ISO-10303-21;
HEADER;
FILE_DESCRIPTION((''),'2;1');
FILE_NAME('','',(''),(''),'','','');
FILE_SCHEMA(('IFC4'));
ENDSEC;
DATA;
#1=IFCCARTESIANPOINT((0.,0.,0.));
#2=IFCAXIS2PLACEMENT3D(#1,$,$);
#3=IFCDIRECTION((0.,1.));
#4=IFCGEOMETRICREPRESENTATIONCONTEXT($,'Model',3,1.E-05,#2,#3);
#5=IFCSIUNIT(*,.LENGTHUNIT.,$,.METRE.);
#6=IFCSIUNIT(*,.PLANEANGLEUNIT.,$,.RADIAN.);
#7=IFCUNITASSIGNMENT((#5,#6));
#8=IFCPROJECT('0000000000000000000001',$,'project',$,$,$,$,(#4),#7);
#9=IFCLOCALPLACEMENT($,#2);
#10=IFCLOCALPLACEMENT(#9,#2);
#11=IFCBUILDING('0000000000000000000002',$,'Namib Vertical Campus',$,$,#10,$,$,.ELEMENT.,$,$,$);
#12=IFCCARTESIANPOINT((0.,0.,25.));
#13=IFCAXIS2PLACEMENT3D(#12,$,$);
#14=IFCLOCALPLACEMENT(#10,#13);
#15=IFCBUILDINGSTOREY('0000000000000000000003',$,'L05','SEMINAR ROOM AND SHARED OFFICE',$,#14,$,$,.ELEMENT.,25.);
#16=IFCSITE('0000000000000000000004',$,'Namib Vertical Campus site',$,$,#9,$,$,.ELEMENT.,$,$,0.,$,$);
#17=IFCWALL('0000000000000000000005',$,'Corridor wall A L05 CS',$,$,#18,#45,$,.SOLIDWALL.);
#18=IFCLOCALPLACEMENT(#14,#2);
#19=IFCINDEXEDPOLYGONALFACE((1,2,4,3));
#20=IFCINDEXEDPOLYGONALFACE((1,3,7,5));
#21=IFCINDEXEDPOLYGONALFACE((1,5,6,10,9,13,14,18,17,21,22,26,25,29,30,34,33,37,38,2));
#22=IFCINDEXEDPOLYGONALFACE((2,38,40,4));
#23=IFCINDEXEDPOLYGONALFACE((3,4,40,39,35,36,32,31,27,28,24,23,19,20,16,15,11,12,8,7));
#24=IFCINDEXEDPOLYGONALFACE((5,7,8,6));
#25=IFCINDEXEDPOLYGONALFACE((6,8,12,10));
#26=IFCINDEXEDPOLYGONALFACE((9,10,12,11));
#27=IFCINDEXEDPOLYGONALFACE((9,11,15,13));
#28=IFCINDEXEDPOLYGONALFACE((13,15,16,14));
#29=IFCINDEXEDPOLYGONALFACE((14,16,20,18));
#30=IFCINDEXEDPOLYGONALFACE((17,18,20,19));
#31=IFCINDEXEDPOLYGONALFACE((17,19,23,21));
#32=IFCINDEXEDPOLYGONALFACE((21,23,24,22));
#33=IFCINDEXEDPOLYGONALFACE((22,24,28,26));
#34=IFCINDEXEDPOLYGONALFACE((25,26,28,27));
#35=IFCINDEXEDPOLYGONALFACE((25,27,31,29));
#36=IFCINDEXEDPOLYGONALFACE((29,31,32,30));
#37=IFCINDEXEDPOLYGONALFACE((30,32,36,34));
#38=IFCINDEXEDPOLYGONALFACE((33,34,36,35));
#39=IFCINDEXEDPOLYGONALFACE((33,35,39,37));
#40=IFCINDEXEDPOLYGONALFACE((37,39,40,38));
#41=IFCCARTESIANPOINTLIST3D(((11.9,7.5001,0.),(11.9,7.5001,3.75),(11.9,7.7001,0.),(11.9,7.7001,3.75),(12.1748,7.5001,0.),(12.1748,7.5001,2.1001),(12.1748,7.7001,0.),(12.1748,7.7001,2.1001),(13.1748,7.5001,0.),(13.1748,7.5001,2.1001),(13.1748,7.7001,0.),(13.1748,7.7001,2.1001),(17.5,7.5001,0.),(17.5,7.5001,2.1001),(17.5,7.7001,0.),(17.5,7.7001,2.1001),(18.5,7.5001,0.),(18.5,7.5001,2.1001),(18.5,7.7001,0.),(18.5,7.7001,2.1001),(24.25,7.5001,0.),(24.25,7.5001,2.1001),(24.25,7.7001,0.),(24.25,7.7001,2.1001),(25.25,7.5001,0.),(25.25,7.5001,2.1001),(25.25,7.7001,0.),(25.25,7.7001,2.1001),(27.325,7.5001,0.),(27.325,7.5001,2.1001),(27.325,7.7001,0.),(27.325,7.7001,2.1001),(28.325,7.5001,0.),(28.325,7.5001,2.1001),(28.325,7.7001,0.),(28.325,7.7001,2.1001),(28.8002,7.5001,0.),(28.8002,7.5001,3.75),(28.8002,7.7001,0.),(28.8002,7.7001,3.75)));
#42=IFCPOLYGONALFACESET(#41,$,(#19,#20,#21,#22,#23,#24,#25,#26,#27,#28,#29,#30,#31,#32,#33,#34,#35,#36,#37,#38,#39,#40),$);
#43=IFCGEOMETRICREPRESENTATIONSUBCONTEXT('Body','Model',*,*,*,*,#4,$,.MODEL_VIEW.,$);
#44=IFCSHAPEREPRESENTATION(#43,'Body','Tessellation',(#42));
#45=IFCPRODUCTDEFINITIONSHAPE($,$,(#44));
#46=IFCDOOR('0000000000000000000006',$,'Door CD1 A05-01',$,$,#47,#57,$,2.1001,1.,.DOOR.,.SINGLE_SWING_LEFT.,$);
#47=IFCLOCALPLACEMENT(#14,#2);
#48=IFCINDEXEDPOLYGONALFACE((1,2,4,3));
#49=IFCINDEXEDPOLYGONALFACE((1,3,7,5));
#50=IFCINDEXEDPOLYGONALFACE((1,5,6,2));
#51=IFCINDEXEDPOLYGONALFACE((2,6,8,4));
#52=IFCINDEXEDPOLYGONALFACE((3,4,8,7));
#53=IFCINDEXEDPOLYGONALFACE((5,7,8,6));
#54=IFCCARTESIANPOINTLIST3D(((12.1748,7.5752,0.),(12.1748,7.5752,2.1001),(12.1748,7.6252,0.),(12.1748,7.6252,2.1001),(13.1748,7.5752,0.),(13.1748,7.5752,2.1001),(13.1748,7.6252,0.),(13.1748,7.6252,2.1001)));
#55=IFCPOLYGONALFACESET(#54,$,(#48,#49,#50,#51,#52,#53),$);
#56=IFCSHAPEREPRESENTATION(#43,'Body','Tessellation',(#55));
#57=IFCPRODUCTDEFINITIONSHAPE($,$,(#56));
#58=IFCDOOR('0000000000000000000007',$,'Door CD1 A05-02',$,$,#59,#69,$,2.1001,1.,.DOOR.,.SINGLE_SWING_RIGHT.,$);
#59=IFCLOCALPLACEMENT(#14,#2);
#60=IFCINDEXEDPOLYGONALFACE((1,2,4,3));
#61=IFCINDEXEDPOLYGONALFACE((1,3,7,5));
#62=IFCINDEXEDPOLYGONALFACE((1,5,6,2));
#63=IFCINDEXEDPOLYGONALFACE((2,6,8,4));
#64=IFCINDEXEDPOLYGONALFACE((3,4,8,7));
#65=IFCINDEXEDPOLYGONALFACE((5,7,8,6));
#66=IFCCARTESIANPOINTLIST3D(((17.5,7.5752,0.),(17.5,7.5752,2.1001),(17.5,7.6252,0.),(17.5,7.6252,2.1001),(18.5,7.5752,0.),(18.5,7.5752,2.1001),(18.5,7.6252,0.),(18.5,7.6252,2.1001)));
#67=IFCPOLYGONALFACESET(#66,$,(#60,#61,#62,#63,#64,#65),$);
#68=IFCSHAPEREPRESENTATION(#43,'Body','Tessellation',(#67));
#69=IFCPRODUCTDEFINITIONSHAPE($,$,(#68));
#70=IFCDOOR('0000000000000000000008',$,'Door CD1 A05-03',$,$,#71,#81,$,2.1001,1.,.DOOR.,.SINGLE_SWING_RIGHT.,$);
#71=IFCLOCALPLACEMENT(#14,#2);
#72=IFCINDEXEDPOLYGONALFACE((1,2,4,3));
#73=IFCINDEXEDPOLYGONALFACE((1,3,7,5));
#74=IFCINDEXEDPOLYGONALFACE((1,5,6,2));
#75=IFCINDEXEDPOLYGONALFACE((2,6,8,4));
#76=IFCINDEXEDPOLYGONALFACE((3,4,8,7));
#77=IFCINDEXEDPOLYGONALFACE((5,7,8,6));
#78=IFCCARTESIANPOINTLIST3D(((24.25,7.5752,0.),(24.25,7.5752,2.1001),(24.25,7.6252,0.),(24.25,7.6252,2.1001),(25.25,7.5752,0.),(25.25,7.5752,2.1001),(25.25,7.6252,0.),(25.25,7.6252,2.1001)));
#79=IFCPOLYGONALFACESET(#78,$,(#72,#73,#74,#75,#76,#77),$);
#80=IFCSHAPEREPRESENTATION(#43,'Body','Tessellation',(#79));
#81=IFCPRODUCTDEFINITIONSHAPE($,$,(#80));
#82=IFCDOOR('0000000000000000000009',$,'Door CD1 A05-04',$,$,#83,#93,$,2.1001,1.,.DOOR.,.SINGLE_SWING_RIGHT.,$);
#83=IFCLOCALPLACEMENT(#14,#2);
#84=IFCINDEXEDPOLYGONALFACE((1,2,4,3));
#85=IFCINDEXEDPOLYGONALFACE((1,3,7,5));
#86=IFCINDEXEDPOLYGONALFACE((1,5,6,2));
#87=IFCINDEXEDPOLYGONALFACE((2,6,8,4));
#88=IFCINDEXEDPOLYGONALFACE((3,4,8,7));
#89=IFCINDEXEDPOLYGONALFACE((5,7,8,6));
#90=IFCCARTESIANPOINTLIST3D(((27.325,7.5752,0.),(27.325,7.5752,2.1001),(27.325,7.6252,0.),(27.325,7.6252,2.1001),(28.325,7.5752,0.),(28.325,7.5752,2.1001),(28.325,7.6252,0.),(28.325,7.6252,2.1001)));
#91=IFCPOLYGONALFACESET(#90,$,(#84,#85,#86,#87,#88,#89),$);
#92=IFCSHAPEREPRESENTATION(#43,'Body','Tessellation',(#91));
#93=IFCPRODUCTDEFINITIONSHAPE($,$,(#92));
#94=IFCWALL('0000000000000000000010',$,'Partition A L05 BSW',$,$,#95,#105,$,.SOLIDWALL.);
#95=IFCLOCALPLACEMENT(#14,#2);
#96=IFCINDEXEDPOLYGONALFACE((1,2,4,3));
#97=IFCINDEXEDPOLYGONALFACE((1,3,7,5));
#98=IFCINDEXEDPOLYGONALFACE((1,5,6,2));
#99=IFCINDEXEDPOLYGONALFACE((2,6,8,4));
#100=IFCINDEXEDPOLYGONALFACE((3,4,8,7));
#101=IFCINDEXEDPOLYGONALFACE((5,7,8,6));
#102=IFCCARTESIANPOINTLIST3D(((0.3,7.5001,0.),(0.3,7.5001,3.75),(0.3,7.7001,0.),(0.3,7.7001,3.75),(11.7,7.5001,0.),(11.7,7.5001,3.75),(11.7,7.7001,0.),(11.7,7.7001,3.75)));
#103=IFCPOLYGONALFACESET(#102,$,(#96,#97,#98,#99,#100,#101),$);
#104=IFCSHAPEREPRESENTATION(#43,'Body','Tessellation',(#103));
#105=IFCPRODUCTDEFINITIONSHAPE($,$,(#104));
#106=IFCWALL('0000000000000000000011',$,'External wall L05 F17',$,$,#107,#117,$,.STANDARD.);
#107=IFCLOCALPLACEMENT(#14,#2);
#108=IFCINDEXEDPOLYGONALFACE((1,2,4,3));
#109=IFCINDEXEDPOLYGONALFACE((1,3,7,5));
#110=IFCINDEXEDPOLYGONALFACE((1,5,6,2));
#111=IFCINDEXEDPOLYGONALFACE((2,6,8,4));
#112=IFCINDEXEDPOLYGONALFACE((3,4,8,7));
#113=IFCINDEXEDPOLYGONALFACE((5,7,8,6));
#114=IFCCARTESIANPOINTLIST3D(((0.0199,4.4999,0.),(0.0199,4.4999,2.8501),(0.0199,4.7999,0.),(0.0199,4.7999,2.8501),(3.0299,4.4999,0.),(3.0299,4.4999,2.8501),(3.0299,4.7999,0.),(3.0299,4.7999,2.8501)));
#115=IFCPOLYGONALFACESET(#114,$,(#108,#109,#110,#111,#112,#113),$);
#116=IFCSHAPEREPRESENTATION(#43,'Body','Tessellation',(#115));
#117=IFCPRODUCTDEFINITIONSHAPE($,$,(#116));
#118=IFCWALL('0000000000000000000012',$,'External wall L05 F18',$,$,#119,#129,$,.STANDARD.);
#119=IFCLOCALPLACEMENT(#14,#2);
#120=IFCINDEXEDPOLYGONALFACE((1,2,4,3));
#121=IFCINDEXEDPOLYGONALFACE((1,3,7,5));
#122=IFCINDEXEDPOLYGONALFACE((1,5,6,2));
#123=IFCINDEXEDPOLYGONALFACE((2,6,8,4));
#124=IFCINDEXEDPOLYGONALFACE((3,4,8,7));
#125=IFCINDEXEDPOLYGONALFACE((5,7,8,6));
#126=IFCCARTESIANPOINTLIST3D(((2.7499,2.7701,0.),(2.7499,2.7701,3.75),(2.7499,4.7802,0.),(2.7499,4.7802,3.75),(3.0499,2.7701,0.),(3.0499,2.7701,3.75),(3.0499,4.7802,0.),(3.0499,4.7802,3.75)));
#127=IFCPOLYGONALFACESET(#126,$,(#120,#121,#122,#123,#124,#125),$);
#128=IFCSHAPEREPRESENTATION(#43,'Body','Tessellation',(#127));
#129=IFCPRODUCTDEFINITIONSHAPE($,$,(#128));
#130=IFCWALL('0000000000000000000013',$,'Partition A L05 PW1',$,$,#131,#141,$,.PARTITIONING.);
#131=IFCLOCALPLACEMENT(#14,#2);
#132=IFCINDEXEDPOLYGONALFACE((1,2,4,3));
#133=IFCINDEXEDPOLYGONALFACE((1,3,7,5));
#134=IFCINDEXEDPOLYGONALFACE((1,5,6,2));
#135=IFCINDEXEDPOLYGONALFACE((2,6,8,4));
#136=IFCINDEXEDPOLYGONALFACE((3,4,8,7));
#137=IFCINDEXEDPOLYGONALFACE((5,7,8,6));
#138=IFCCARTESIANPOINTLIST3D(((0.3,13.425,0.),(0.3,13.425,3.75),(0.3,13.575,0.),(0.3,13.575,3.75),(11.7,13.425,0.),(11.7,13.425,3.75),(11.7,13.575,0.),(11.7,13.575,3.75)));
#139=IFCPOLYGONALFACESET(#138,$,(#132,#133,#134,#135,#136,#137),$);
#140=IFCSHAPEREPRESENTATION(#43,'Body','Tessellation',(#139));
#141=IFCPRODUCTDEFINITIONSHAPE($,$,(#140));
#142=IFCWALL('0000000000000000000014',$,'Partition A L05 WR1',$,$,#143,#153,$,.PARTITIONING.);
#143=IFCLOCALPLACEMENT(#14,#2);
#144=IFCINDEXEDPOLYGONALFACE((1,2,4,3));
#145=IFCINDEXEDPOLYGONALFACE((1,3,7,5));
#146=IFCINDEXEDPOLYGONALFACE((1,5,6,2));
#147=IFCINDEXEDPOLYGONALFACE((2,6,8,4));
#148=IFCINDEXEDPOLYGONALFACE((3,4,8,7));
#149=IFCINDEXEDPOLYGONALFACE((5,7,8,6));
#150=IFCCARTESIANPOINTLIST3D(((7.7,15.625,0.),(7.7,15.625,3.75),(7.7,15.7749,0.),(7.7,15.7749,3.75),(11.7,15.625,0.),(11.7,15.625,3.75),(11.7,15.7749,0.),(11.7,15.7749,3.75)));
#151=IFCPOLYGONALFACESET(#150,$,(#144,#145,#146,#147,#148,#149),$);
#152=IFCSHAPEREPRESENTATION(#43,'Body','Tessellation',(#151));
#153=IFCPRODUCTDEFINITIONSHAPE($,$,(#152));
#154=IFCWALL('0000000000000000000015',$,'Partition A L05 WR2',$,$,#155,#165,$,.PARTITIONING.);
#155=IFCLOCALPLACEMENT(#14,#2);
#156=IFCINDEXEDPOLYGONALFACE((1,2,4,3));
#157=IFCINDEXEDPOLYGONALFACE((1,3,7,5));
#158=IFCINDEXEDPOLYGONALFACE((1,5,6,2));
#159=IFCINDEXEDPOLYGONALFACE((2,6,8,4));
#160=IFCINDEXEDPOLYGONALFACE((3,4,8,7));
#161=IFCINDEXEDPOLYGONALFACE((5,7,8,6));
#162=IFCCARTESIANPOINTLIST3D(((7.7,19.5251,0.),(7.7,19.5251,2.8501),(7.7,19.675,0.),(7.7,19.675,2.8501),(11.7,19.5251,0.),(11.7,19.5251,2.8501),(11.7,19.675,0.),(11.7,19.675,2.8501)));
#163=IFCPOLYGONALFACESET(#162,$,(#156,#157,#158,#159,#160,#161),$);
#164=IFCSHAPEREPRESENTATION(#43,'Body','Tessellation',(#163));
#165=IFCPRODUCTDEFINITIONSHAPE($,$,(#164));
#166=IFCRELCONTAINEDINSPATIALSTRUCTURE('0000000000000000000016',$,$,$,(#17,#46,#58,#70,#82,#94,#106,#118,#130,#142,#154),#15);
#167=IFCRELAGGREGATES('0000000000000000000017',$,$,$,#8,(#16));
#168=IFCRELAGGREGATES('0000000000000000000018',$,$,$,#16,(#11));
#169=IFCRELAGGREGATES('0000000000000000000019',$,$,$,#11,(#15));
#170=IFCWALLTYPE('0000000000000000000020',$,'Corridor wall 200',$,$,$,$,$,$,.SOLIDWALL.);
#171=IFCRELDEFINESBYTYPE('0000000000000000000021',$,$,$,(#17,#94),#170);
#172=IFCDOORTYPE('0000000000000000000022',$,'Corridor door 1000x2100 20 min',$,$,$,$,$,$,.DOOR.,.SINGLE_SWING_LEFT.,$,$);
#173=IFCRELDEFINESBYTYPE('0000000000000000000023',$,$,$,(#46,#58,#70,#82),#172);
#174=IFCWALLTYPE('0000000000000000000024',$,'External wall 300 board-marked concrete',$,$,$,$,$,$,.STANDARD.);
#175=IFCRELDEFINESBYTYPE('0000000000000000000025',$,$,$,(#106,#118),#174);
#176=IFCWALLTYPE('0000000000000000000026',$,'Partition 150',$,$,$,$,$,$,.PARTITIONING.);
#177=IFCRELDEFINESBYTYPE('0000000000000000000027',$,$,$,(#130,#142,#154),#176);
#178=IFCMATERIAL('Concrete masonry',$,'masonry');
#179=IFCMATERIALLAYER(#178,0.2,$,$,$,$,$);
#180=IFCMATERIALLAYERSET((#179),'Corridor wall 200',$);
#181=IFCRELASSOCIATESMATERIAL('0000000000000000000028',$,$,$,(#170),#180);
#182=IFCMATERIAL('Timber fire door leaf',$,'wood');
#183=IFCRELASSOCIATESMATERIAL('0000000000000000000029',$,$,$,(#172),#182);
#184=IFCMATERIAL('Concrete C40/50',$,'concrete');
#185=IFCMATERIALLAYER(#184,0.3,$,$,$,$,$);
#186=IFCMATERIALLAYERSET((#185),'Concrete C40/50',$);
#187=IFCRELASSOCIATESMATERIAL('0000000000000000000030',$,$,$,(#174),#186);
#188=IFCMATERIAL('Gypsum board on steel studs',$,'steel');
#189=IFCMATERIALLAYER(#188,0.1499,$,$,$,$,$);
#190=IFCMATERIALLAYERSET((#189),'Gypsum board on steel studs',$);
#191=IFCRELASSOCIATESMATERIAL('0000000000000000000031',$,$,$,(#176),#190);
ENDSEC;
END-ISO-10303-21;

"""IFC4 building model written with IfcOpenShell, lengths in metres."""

from ifc_helpers import new_model, si_unit, direction, frame, frame_2d, origin, place, context, subcontext, project, spatial, rectangle, extrude, material, layer, layer_set, type_object, element, fill, save


model = new_model("IFC4")

# Units and contexts
model_context = context("Model", 3, precision=1e-05, world=origin(), true_north=direction((0.0, 1.0)))
body_context = subcontext(model_context, "Body", "Model", "MODEL_VIEW")
ifc_project = project(units=[si_unit("LENGTHUNIT", "METRE"), si_unit("PLANEANGLEUNIT", "RADIAN")], contexts=[model_context])

# Site, building, storey
site_placement = place(None, origin())
site = spatial("IfcSite", under=ifc_project, at=site_placement, Name="Namib Vertical Campus site", CompositionType="ELEMENT", RefElevation=0.0)
building_placement = place(site_placement, origin())
building = spatial("IfcBuilding", under=site, at=building_placement, Name="Namib Vertical Campus", CompositionType="ELEMENT")
storey_placement = place(building_placement, frame((0.0, 0.0, 25.0)))
storey = spatial("IfcBuildingStorey", under=building, at=storey_placement, Name="L05", Description="SEMINAR ROOM AND SHARED OFFICE", CompositionType="ELEMENT", Elevation=25.0)

# Wall, openings, doors
ifc_material_1 = material(Name="Concrete masonry", Category="masonry")
ifc_layer_1 = layer(ifc_material_1, 0.2)
ifc_layer_set_1 = layer_set([ifc_layer_1], Name="Corridor wall 200")
wall_type_1 = type_object("IfcWallType", Name="Corridor wall 200", PredefinedType="SOLIDWALL", material=ifc_layer_set_1)
wall_1_placement = place(storey_placement, frame((11.8999, 7.6001, 0.0), z_axis=(0.0, 0.0, 1.0), x_axis=(1.0, 0.0, 0.0)))
wall_1 = element("IfcWall", 1, at=wall_1_placement, inside=storey, type_object=wall_type_1, Name="Corridor wall A L05 CS", PredefinedType="SOLIDWALL", context=body_context, shape_type="SweptSolid", body=[
    extrude(rectangle(XDim=16.9001, YDim=0.2, at=frame_2d((8.4502, 0.0))), origin(), (0.0, 0.0, 1.0), 3.75),
])
opening_1_placement = place(wall_1_placement, frame((0.2749, 0.0, 0.0)))
opening_1 = element("IfcOpeningElement", 2, at=opening_1_placement, cuts=wall_1, PredefinedType="OPENING", context=body_context, shape_type="SweptSolid", body=[
    extrude(rectangle(XDim=1.0, YDim=2.1001, at=frame_2d((0.5, 1.05))), frame((0.0, 0.1099, 0.0), z_axis=(0.0, -1.0, 0.0), x_axis=(1.0, 0.0, 0.0)), (0.0, 0.0, 1.0), 0.22),
])
opening_2_placement = place(wall_1_placement, frame((5.6001, 0.0, 0.0)))
opening_2 = element("IfcOpeningElement", 3, at=opening_2_placement, cuts=wall_1, PredefinedType="OPENING", context=body_context, shape_type="SweptSolid", body=[
    extrude(rectangle(XDim=1.0, YDim=2.1001, at=frame_2d((0.5, 1.05))), frame((0.0, 0.1099, 0.0), z_axis=(0.0, -1.0, 0.0), x_axis=(1.0, 0.0, 0.0)), (0.0, 0.0, 1.0), 0.22),
])
opening_3_placement = place(wall_1_placement, frame((12.3501, 0.0, 0.0)))
opening_3 = element("IfcOpeningElement", 4, at=opening_3_placement, cuts=wall_1, PredefinedType="OPENING", context=body_context, shape_type="SweptSolid", body=[
    extrude(rectangle(XDim=1.0, YDim=2.1001, at=frame_2d((0.5, 1.05))), frame((0.0, 0.1099, 0.0), z_axis=(0.0, -1.0, 0.0), x_axis=(1.0, 0.0, 0.0)), (0.0, 0.0, 1.0), 0.22),
])
opening_4_placement = place(wall_1_placement, frame((15.425, 0.0, 0.0)))
opening_4 = element("IfcOpeningElement", 5, at=opening_4_placement, cuts=wall_1, PredefinedType="OPENING", context=body_context, shape_type="SweptSolid", body=[
    extrude(rectangle(XDim=1.0, YDim=2.1001, at=frame_2d((0.5, 1.05))), frame((0.0, 0.1099, 0.0), z_axis=(0.0, -1.0, 0.0), x_axis=(1.0, 0.0, 0.0)), (0.0, 0.0, 1.0), 0.22),
])
ifc_material_2 = material(Name="Timber fire door leaf", Category="wood")
door_type = type_object("IfcDoorType", Name="Corridor door 1000x2100 20 min", OperationType="SINGLE_SWING_LEFT", PredefinedType="DOOR", material=ifc_material_2)
door_1_placement = place(opening_1_placement, frame((1.0, 0.0, 0.0), z_axis=(0.0, 0.0, 1.0), x_axis=(-1.0, 0.0, 0.0)))
door_1 = element("IfcDoor", 6, at=door_1_placement, inside=storey, type_object=door_type, Name="Door CD1 A05-01", OperationType="SINGLE_SWING_LEFT", OverallHeight=2.1001, OverallWidth=1.0, PredefinedType="DOOR", context=body_context, shape_type="SweptSolid", body=[
    extrude(rectangle(XDim=1.0, YDim=2.1001, at=frame_2d((0.5, 1.05))), frame((0.0, 0.0249, 0.0), z_axis=(0.0, -1.0, 0.0), x_axis=(1.0, 0.0, 0.0)), (0.0, 0.0, 1.0), 0.05),
])
fill(opening_1, door_1)
door_2_placement = place(opening_2_placement, frame((1.0, 0.0, 0.0), z_axis=(0.0, 0.0, 1.0), x_axis=(-1.0, 0.0, 0.0)))
door_2 = element("IfcDoor", 7, at=door_2_placement, inside=storey, type_object=door_type, Name="Door CD1 A05-02", OperationType="SINGLE_SWING_RIGHT", OverallHeight=2.1001, OverallWidth=1.0, PredefinedType="DOOR", context=body_context, shape_type="SweptSolid", body=[
    extrude(rectangle(XDim=1.0, YDim=2.1001, at=frame_2d((0.5, 1.05))), frame((0.0, 0.0249, 0.0), z_axis=(0.0, -1.0, 0.0), x_axis=(1.0, 0.0, 0.0)), (0.0, 0.0, 1.0), 0.05),
])
fill(opening_2, door_2)
door_3_placement = place(opening_3_placement, frame((1.0, 0.0, 0.0), z_axis=(0.0, 0.0, 1.0), x_axis=(-1.0, 0.0, 0.0)))
door_3 = element("IfcDoor", 8, at=door_3_placement, inside=storey, type_object=door_type, Name="Door CD1 A05-03", OperationType="SINGLE_SWING_RIGHT", OverallHeight=2.1001, OverallWidth=1.0, PredefinedType="DOOR", context=body_context, shape_type="SweptSolid", body=[
    extrude(rectangle(XDim=1.0, YDim=2.1001, at=frame_2d((0.5, 1.05))), frame((0.0, 0.0249, 0.0), z_axis=(0.0, -1.0, 0.0), x_axis=(1.0, 0.0, 0.0)), (0.0, 0.0, 1.0), 0.05),
])
fill(opening_3, door_3)
door_4_placement = place(opening_4_placement, frame((1.0, 0.0, 0.0), z_axis=(0.0, 0.0, 1.0), x_axis=(-1.0, 0.0, 0.0)))
door_4 = element("IfcDoor", 9, at=door_4_placement, inside=storey, type_object=door_type, Name="Door CD1 A05-04", OperationType="SINGLE_SWING_RIGHT", OverallHeight=2.1001, OverallWidth=1.0, PredefinedType="DOOR", context=body_context, shape_type="SweptSolid", body=[
    extrude(rectangle(XDim=1.0, YDim=2.1001, at=frame_2d((0.5, 1.05))), frame((0.0, 0.0249, 0.0), z_axis=(0.0, -1.0, 0.0), x_axis=(1.0, 0.0, 0.0)), (0.0, 0.0, 1.0), 0.05),
])
fill(opening_4, door_4)

# Walls
wall_2_placement = place(storey_placement, frame((0.3, 7.6001, 0.0), z_axis=(0.0, 0.0, 1.0), x_axis=(1.0, 0.0, 0.0)))
element("IfcWall", 10, at=wall_2_placement, inside=storey, type_object=wall_type_1, Name="Partition A L05 BSW", PredefinedType="SOLIDWALL", context=body_context, shape_type="SweptSolid", body=[
    extrude(rectangle(XDim=11.3999, YDim=0.2, at=frame_2d((5.7, 0.0))), origin(), (0.0, 0.0, 1.0), 3.75),
])
ifc_material_3 = material(Name="Concrete C40/50", Category="concrete")
ifc_layer_2 = layer(ifc_material_3, 0.3)
ifc_layer_set_2 = layer_set([ifc_layer_2], Name="Concrete C40/50")
wall_type_2 = type_object("IfcWallType", Name="External wall 300 board-marked concrete", PredefinedType="STANDARD", material=ifc_layer_set_2)
wall_3_placement = place(storey_placement, frame((0.02, 4.6499, 0.0), z_axis=(0.0, 0.0, 1.0), x_axis=(1.0, 0.0, 0.0)))
element("IfcWall", 11, at=wall_3_placement, inside=storey, type_object=wall_type_2, Name="External wall L05 F17", PredefinedType="STANDARD", context=body_context, shape_type="SweptSolid", body=[
    extrude(rectangle(XDim=3.01, YDim=0.3, at=frame_2d((1.5049, 0.0))), origin(), (0.0, 0.0, 1.0), 2.8501),
])
wall_4_placement = place(storey_placement, frame((2.8999, 4.78, 0.0), z_axis=(0.0, 0.0, 1.0), x_axis=(0.0, -1.0, 0.0)))
element("IfcWall", 12, at=wall_4_placement, inside=storey, type_object=wall_type_2, Name="External wall L05 F18", PredefinedType="STANDARD", context=body_context, shape_type="SweptSolid", body=[
    extrude(rectangle(XDim=2.01, YDim=0.3, at=frame_2d((1.0049, 0.0))), origin(), (0.0, 0.0, 1.0), 3.75),
])
ifc_material_4 = material(Name="Gypsum board on steel studs", Category="steel")
ifc_layer_3 = layer(ifc_material_4, 0.1499)
ifc_layer_set_3 = layer_set([ifc_layer_3], Name="Gypsum board on steel studs")
wall_type_3 = type_object("IfcWallType", Name="Partition 150", PredefinedType="PARTITIONING", material=ifc_layer_set_3)
wall_5_placement = place(storey_placement, frame((0.3, 13.5, 0.0), z_axis=(0.0, 0.0, 1.0), x_axis=(1.0, 0.0, 0.0)))
element("IfcWall", 13, at=wall_5_placement, inside=storey, type_object=wall_type_3, Name="Partition A L05 PW1", PredefinedType="PARTITIONING", context=body_context, shape_type="SweptSolid", body=[
    extrude(rectangle(XDim=11.3999, YDim=0.1499, at=frame_2d((5.7, 0.0))), origin(), (0.0, 0.0, 1.0), 3.75),
])
wall_6_placement = place(storey_placement, frame((11.7, 15.7, 0.0), z_axis=(0.0, 0.0, 1.0), x_axis=(-1.0, 0.0, 0.0)))
element("IfcWall", 14, at=wall_6_placement, inside=storey, type_object=wall_type_3, Name="Partition A L05 WR1", PredefinedType="PARTITIONING", context=body_context, shape_type="SweptSolid", body=[
    extrude(rectangle(XDim=4.0, YDim=0.1499, at=frame_2d((2.0, 0.0))), origin(), (0.0, 0.0, 1.0), 3.75),
])
wall_7_placement = place(storey_placement, frame((11.7, 19.6001, 0.0), z_axis=(0.0, 0.0, 1.0), x_axis=(-1.0, 0.0, 0.0)))
element("IfcWall", 15, at=wall_7_placement, inside=storey, type_object=wall_type_3, Name="Partition A L05 WR2", PredefinedType="PARTITIONING", context=body_context, shape_type="SweptSolid", body=[
    extrude(rectangle(XDim=4.0, YDim=0.1499, at=frame_2d((2.0, 0.0))), origin(), (0.0, 0.0, 1.0), 2.8501),
])

save(model, "model.ifc")
